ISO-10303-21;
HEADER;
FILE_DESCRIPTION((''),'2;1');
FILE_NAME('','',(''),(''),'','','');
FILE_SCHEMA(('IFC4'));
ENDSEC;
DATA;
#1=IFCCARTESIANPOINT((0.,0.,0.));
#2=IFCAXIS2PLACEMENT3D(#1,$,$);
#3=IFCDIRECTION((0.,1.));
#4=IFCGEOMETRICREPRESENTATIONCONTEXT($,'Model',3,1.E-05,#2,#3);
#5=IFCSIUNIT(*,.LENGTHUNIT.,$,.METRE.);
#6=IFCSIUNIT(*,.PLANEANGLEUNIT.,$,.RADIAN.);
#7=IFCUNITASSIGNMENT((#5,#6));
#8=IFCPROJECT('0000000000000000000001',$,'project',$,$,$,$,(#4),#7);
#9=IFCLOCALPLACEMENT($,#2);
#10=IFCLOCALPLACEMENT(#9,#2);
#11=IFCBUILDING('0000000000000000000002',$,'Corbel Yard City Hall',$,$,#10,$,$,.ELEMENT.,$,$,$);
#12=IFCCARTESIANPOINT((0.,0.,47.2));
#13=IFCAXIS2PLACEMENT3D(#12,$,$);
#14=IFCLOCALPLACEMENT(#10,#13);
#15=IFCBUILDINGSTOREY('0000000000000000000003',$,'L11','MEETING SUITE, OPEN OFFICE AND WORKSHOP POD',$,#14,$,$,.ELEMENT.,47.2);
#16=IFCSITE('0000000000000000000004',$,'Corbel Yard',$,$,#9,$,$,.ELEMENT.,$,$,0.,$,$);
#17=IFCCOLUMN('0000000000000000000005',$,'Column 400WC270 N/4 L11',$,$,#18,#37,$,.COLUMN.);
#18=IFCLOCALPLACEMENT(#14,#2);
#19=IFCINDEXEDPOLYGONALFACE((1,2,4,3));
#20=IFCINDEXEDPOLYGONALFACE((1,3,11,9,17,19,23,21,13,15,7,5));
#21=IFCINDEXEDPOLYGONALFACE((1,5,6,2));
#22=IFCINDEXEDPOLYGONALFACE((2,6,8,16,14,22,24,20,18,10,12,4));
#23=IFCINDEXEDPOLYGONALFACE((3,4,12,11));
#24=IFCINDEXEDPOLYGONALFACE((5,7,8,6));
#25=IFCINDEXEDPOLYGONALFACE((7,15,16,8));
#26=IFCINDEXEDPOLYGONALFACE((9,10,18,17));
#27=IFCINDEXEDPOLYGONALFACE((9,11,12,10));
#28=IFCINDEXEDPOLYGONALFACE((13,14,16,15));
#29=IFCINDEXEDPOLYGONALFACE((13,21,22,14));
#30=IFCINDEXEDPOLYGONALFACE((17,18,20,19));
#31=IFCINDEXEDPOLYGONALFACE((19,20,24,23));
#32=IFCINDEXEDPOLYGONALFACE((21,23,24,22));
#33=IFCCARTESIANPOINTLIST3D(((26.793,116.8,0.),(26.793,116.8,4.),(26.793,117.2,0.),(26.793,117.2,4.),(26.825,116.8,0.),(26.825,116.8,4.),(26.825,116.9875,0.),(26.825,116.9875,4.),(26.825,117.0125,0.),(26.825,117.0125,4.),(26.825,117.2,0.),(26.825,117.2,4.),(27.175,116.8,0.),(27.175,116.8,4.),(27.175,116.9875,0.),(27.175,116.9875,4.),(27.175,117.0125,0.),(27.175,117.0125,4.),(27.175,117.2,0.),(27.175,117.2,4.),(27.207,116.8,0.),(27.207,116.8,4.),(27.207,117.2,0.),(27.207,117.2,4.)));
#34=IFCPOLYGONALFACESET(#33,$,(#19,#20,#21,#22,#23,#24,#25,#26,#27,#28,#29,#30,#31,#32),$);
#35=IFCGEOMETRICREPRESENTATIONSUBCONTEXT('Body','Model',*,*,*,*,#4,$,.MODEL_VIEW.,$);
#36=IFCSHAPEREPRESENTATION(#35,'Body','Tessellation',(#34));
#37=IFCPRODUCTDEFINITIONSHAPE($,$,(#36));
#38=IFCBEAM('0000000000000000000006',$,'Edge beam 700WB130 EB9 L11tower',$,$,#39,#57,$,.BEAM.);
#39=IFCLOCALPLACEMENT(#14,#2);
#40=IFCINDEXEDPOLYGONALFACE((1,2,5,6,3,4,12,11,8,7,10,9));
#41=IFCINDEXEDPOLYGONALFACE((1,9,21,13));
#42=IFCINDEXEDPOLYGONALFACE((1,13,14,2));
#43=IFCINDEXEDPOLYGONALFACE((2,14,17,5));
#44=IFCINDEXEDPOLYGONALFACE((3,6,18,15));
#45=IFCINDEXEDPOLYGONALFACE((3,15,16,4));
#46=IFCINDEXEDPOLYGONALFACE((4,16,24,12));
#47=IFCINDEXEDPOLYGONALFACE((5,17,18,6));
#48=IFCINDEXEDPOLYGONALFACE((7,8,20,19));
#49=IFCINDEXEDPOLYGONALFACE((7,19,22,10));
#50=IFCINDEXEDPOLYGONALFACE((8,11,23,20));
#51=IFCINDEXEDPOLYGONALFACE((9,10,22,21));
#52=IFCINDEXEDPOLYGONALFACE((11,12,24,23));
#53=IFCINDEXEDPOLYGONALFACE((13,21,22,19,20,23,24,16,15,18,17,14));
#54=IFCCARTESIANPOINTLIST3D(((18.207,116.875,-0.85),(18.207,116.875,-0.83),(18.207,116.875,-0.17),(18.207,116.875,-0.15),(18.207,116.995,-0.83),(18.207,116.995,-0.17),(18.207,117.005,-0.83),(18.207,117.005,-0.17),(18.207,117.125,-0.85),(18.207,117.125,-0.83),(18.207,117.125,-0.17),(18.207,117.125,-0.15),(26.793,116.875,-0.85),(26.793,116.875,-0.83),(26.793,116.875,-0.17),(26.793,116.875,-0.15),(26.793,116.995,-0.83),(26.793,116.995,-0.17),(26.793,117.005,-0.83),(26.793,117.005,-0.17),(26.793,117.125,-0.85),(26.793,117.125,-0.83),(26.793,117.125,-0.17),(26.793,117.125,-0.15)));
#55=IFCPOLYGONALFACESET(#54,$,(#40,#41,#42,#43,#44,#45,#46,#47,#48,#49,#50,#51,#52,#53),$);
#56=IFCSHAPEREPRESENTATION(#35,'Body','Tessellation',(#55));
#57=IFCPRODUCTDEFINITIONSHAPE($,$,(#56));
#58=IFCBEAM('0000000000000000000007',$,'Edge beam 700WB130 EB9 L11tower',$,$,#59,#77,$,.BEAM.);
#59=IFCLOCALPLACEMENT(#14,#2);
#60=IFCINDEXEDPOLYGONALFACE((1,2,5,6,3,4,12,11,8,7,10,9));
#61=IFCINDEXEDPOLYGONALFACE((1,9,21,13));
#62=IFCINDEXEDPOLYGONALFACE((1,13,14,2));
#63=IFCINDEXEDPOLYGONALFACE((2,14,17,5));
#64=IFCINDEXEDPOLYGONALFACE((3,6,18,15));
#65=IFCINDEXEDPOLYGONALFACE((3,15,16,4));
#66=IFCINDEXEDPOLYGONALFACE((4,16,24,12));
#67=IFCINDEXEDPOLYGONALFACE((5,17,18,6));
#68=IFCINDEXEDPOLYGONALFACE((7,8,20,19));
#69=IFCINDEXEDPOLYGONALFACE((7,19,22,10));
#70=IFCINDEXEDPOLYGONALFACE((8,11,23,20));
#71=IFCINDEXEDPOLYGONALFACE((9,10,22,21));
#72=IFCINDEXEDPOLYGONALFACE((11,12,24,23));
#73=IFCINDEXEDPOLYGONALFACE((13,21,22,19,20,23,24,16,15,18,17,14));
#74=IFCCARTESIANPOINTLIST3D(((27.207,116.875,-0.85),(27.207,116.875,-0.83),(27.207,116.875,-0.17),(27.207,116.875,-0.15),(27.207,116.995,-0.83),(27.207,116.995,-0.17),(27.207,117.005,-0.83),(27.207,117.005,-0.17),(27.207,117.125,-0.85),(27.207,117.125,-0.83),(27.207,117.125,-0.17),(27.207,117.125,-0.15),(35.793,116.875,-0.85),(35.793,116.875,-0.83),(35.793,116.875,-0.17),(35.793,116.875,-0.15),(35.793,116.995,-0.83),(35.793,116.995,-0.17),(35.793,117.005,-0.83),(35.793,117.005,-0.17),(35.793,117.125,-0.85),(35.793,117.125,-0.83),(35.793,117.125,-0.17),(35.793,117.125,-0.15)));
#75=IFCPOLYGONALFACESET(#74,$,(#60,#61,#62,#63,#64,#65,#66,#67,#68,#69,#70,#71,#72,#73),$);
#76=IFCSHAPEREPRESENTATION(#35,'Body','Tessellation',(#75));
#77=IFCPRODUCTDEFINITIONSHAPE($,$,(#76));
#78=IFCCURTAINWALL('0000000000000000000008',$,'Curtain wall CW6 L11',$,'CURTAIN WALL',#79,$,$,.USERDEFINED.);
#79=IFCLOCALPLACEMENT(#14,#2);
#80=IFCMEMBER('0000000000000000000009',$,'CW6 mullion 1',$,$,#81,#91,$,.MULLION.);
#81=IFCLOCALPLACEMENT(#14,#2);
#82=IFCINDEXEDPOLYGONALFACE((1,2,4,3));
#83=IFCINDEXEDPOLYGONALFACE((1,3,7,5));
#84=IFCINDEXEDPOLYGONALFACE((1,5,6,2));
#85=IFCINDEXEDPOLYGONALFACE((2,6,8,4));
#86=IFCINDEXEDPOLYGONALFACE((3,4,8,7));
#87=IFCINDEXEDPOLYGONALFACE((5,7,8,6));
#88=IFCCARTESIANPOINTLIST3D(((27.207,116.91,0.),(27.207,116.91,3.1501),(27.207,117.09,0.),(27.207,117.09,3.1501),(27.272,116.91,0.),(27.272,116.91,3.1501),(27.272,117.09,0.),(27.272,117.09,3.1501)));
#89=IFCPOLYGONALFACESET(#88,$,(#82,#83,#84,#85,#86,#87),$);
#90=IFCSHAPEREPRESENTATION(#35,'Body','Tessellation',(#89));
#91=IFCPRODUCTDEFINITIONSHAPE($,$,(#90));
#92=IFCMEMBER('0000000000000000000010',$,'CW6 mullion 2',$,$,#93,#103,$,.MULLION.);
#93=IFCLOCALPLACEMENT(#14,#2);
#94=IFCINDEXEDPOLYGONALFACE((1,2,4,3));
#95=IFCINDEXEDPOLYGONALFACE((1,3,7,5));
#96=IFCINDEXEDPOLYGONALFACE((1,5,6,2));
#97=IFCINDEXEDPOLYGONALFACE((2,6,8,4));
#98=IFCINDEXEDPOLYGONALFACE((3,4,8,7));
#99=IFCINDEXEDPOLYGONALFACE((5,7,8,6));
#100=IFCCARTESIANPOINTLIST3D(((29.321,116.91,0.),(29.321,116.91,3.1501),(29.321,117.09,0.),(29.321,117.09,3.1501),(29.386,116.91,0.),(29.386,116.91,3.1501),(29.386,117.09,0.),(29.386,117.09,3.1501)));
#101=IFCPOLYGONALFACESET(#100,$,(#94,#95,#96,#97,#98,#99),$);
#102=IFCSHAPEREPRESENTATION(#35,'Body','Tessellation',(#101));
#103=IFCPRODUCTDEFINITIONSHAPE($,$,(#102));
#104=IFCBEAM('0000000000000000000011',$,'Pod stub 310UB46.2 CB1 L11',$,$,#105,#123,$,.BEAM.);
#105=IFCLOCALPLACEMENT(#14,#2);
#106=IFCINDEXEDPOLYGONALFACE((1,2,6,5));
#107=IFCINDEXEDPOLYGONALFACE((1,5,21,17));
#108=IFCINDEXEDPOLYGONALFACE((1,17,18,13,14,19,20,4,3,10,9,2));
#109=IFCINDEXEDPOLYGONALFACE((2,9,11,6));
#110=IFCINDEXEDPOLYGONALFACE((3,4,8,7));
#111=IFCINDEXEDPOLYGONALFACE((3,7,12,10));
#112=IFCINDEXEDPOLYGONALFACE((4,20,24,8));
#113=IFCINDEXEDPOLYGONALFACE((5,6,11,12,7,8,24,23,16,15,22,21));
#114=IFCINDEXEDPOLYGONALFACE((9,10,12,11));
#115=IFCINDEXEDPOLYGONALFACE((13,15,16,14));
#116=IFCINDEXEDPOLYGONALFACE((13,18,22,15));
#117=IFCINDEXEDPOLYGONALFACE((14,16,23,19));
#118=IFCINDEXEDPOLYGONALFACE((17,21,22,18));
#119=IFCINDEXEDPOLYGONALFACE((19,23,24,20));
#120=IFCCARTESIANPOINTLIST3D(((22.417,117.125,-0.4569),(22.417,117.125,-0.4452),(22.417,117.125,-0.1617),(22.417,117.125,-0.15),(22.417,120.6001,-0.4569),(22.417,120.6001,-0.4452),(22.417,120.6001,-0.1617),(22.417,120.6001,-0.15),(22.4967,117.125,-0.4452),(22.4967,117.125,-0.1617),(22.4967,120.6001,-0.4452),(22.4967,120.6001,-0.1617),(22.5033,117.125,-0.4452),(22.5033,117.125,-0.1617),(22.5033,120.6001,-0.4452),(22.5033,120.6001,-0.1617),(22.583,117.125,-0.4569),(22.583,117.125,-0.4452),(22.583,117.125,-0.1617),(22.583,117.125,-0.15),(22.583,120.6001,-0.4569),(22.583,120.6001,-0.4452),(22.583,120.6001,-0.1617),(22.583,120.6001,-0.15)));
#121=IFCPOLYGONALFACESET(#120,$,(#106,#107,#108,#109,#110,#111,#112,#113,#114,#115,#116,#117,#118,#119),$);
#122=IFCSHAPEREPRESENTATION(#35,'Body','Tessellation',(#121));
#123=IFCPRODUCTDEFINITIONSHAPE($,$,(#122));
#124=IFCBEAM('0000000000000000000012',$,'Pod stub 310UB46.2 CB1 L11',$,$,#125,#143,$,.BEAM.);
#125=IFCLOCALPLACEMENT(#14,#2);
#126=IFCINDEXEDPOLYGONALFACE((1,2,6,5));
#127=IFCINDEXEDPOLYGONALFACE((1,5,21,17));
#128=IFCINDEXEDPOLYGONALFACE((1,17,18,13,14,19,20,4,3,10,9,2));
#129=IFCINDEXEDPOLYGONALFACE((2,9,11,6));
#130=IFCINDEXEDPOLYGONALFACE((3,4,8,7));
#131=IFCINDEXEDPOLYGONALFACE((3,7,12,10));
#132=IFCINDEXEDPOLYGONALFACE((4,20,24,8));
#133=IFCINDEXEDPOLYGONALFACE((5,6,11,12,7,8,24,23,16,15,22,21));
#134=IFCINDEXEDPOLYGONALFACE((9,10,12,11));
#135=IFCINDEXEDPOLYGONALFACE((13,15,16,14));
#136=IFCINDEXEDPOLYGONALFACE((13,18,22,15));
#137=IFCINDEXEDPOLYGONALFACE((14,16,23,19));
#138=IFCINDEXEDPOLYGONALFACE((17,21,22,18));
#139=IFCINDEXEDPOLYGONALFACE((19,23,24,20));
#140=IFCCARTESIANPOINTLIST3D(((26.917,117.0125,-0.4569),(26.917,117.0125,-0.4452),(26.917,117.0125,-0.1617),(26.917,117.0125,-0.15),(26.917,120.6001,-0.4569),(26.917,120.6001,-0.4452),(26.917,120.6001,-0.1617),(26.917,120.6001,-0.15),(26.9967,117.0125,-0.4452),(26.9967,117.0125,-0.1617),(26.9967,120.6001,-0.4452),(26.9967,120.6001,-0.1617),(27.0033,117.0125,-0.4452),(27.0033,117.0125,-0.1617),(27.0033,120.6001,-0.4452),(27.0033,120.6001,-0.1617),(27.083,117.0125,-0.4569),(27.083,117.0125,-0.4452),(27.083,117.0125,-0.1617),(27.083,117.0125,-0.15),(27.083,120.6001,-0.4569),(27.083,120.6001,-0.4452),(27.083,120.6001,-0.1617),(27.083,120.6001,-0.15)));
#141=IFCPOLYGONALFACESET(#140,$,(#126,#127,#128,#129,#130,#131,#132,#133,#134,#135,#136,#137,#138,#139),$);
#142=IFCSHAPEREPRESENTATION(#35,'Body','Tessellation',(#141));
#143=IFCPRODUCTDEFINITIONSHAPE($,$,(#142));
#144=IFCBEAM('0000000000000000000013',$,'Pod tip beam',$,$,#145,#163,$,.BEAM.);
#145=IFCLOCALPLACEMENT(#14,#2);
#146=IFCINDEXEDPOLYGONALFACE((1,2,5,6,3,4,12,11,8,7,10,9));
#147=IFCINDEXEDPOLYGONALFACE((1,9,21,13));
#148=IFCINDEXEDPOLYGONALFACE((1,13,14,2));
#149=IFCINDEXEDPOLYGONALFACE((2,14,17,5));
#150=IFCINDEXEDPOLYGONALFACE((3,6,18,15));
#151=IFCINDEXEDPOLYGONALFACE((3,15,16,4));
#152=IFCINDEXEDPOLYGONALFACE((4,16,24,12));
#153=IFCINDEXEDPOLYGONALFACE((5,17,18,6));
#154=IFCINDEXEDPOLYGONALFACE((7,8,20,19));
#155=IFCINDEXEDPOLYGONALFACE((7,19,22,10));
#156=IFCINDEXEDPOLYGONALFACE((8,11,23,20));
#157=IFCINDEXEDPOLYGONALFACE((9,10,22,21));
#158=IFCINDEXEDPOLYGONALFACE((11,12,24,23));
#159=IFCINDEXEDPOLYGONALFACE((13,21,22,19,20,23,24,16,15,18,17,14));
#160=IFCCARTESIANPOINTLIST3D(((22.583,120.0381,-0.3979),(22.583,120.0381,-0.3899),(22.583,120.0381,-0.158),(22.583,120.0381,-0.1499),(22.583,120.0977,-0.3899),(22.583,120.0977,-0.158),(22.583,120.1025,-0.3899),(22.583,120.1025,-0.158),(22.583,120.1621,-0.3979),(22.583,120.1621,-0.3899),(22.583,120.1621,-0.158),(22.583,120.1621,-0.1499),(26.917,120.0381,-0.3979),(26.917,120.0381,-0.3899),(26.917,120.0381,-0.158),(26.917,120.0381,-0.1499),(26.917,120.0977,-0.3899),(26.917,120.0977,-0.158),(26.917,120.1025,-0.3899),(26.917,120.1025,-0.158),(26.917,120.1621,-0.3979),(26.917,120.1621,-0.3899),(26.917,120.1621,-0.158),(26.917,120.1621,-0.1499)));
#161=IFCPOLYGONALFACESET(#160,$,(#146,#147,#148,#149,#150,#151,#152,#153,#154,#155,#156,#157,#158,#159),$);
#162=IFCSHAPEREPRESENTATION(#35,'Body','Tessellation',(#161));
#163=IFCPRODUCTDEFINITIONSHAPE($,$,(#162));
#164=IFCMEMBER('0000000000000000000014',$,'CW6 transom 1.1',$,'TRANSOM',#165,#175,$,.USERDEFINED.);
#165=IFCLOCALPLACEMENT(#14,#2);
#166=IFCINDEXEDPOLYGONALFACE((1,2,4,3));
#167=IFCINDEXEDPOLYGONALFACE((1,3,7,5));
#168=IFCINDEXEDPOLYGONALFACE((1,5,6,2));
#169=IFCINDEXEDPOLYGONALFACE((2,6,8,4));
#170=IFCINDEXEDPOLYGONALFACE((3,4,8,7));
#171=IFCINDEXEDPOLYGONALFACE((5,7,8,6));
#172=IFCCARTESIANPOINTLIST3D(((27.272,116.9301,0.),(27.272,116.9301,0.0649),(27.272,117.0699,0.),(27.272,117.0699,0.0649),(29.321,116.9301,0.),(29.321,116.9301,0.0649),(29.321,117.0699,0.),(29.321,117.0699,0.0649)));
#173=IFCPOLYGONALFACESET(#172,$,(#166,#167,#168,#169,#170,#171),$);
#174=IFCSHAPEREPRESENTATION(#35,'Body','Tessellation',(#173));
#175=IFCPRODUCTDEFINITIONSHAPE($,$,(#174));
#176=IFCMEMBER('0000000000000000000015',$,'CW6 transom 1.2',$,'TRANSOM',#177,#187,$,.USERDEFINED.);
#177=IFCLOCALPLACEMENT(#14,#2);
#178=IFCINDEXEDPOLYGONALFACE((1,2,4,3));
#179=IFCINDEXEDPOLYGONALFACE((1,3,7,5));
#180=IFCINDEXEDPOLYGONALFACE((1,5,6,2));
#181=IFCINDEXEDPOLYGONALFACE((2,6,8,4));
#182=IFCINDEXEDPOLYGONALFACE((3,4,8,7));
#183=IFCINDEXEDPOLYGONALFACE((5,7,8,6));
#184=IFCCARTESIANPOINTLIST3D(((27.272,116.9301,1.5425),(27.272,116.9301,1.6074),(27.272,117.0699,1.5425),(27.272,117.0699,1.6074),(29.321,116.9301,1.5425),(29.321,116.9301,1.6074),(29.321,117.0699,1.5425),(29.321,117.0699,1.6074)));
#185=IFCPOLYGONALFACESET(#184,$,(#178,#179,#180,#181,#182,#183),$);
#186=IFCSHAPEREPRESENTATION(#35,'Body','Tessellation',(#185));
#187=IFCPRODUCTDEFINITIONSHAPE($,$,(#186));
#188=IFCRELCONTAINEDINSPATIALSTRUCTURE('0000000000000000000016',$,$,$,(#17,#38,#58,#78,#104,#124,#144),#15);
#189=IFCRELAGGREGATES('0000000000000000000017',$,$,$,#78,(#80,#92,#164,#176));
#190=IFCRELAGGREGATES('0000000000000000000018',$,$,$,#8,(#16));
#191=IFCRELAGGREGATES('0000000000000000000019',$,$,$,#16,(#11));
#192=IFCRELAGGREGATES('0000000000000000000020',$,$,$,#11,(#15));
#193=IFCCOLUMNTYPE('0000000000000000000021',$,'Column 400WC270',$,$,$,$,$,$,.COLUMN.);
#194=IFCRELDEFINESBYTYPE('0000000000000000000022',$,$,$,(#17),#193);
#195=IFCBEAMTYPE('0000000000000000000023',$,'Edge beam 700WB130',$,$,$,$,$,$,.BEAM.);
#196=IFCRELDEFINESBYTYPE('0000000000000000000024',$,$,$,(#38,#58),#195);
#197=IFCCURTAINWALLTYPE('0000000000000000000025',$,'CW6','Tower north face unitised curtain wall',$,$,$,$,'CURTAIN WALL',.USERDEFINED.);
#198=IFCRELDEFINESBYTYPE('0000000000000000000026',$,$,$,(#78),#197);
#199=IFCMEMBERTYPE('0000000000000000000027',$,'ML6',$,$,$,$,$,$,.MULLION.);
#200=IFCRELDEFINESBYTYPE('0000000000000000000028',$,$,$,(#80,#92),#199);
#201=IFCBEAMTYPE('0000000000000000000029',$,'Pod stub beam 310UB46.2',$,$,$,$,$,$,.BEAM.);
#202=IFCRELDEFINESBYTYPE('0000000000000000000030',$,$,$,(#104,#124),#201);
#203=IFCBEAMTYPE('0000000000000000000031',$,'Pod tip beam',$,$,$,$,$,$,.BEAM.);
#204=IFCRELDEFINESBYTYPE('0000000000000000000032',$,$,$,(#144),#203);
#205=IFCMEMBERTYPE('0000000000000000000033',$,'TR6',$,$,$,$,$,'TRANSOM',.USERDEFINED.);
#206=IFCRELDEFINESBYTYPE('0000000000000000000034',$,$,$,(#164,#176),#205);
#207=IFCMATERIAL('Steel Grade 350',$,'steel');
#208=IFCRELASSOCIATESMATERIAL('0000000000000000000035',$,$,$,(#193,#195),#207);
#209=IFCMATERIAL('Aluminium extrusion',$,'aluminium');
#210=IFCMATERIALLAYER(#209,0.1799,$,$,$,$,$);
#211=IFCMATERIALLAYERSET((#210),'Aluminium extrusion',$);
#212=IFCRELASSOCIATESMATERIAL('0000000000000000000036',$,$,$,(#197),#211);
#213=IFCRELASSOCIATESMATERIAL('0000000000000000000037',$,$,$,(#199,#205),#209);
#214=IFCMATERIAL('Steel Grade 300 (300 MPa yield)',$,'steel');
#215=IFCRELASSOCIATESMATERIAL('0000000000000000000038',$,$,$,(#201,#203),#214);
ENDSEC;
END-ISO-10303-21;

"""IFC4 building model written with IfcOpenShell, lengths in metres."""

from ifc_helpers import new_model, si_unit, direction, frame, origin, origin_2d, place, context, subcontext, project, spatial, rectangle, i_section, extrude, material, layer, layer_set, material_profile, profile_set, type_object, element, aggregate, save


model = new_model("IFC4")

# Units and contexts
model_context = context("Model", 3, precision=1e-05, world=origin(), true_north=direction((0.0, 1.0)))
body_context = subcontext(model_context, "Body", "Model", "MODEL_VIEW")
ifc_project = project(units=[si_unit("LENGTHUNIT", "METRE"), si_unit("PLANEANGLEUNIT", "RADIAN")], contexts=[model_context])

# Site, building, storey
site_placement = place(None, origin())
site = spatial("IfcSite", under=ifc_project, at=site_placement, Name="Corbel Yard", CompositionType="ELEMENT", RefElevation=0.0)
building_placement = place(site_placement, origin())
building = spatial("IfcBuilding", under=site, at=building_placement, Name="Corbel Yard City Hall", CompositionType="ELEMENT")
storey_placement = place(building_placement, frame((0.0, 0.0, 47.2)))
storey = spatial("IfcBuildingStorey", under=building, at=storey_placement, Name="L11", Description="MEETING SUITE, OPEN OFFICE AND WORKSHOP POD", CompositionType="ELEMENT", Elevation=47.2)

# Column
ifc_material_1 = material(Name="Steel Grade 350", Category="steel")
ifc_material_profile_1 = material_profile(ifc_material_1, i_section(OverallWidth=0.3999, OverallDepth=0.4141, WebThickness=0.0249, FlangeThickness=0.032, at=origin_2d()), Name="400WC270")
ifc_profile_set_1 = profile_set([ifc_material_profile_1], Name="Steel Grade 350")
column_type = type_object("IfcColumnType", Name="Column 400WC270", PredefinedType="COLUMN", material=ifc_profile_set_1)
column_placement = place(storey_placement, frame((27.0, 117.0, 0.0), z_axis=(0.0, 0.0, 1.0), x_axis=(0.0, 1.0, 0.0)))
element("IfcColumn", 1, at=column_placement, inside=storey, type_object=column_type, Name="Column 400WC270 N/4 L11", PredefinedType="COLUMN", context=body_context, shape_type="SweptSolid", body=[
    extrude(i_section(OverallWidth=0.3999, OverallDepth=0.4141, WebThickness=0.0249, FlangeThickness=0.032, at=origin_2d()), origin(), (0.0, 0.0, 1.0), 4.0),
])

# Beams
ifc_material_profile_2 = material_profile(ifc_material_1, i_section(OverallWidth=0.25, OverallDepth=0.7, WebThickness=0.01, FlangeThickness=0.02, at=origin_2d()), Name="700WB130")
ifc_profile_set_2 = profile_set([ifc_material_profile_2], Name="Steel Grade 350")
beam_type_1 = type_object("IfcBeamType", Name="Edge beam 700WB130", PredefinedType="BEAM", material=ifc_profile_set_2)
for number, where, z_axis, x_axis, name in (
    (2, (18.207, 117.0, -0.5), (1.0, 0.0, 0.0), (0.0, 1.0, 0.0), "Edge beam 700WB130 EB9 L11tower"),
    (3, (27.207, 117.0, -0.5), (1.0, 0.0, 0.0), (0.0, 1.0, 0.0), "Edge beam 700WB130 EB9 L11tower"),
):
    element("IfcBeam", number, at=place(storey_placement, frame(where, z_axis=z_axis, x_axis=x_axis)), inside=storey, type_object=beam_type_1, Name=name, PredefinedType="BEAM", context=body_context, shape_type="SweptSolid", body=[
        extrude(i_section(OverallWidth=0.25, OverallDepth=0.7, WebThickness=0.01, FlangeThickness=0.02, at=origin_2d()), origin(), (0.0, 0.0, 1.0), 8.5859),
    ])

# Curtain wall, members
ifc_material_2 = material(Name="Aluminium extrusion", Category="aluminium")
ifc_layer_1 = layer(ifc_material_2, 0.1799)
ifc_layer_set_1 = layer_set([ifc_layer_1], Name="Aluminium extrusion")
curtain_wall_type = type_object("IfcCurtainWallType", Name="CW6", Description="Tower north face unitised curtain wall", ElementType="CURTAIN WALL", PredefinedType="USERDEFINED", material=ifc_layer_set_1)
curtain_wall_placement = place(storey_placement, origin())
curtain_wall = element("IfcCurtainWall", 4, at=curtain_wall_placement, inside=storey, type_object=curtain_wall_type, Name="Curtain wall CW6 L11", ObjectType="CURTAIN WALL", PredefinedType="USERDEFINED")
ifc_material_profile_3 = material_profile(ifc_material_2, rectangle(XDim=0.1799, YDim=0.0649, at=origin_2d()), Name="180x65")
ifc_profile_set_3 = profile_set([ifc_material_profile_3], Name="Aluminium extrusion")
member_type_1 = type_object("IfcMemberType", Name="ML6", PredefinedType="MULLION", material=ifc_profile_set_3)
member_1_placement = place(storey_placement, frame((27.2395, 117.0, 0.0), z_axis=(0.0, 0.0, 1.0), x_axis=(0.0, 1.0, 0.0)))
member_1 = element("IfcMember", 5, at=member_1_placement, type_object=member_type_1, Name="CW6 mullion 1", PredefinedType="MULLION", context=body_context, shape_type="SweptSolid", body=[
    extrude(rectangle(XDim=0.1799, YDim=0.0649, at=origin_2d()), origin(), (0.0, 0.0, 1.0), 3.1501),
])
member_2_placement = place(storey_placement, frame((29.3535, 117.0, 0.0), z_axis=(0.0, 0.0, 1.0), x_axis=(0.0, 1.0, 0.0)))
member_2 = element("IfcMember", 6, at=member_2_placement, type_object=member_type_1, Name="CW6 mullion 2", PredefinedType="MULLION", context=body_context, shape_type="SweptSolid", body=[
    extrude(rectangle(XDim=0.1799, YDim=0.0649, at=origin_2d()), origin(), (0.0, 0.0, 1.0), 3.1501),
])

# Beams
ifc_material_3 = material(Name="Steel Grade 300 (300 MPa yield)", Category="steel")
ifc_material_profile_4 = material_profile(ifc_material_3, i_section(OverallWidth=0.166, OverallDepth=0.3069, WebThickness=0.0066, FlangeThickness=0.0117, at=origin_2d()), Name="310UB46.2")
ifc_profile_set_4 = profile_set([ifc_material_profile_4], Name="Steel Grade 300 (300 MPa yield)")
beam_type_2 = type_object("IfcBeamType", Name="Pod stub beam 310UB46.2", PredefinedType="BEAM", material=ifc_profile_set_4)
beam_1_placement = place(storey_placement, frame((22.5, 117.125, -0.3035), z_axis=(0.0, 1.0, 0.0), x_axis=(-1.0, 0.0, 0.0)))
element("IfcBeam", 7, at=beam_1_placement, inside=storey, type_object=beam_type_2, Name="Pod stub 310UB46.2 CB1 L11", PredefinedType="BEAM", context=body_context, shape_type="SweptSolid", body=[
    extrude(i_section(OverallWidth=0.166, OverallDepth=0.3069, WebThickness=0.0066, FlangeThickness=0.0117, at=origin_2d()), origin(), (0.0, 0.0, 1.0), 3.4751),
])
beam_2_placement = place(storey_placement, frame((27.0, 117.0125, -0.3035), z_axis=(0.0, 1.0, 0.0), x_axis=(-1.0, 0.0, 0.0)))
element("IfcBeam", 8, at=beam_2_placement, inside=storey, type_object=beam_type_2, Name="Pod stub 310UB46.2 CB1 L11", PredefinedType="BEAM", context=body_context, shape_type="SweptSolid", body=[
    extrude(i_section(OverallWidth=0.166, OverallDepth=0.3069, WebThickness=0.0066, FlangeThickness=0.0117, at=origin_2d()), origin(), (0.0, 0.0, 1.0), 3.5876),
])
ifc_material_profile_5 = material_profile(ifc_material_3, i_section(OverallWidth=0.124, OverallDepth=0.248, WebThickness=0.0049, FlangeThickness=0.0081, at=origin_2d()), Name="250UB25.7")
ifc_profile_set_5 = profile_set([ifc_material_profile_5], Name="Steel Grade 300 (300 MPa yield)")
beam_type_3 = type_object("IfcBeamType", Name="Pod tip beam", PredefinedType="BEAM", material=ifc_profile_set_5)
beam_3_placement = place(storey_placement, frame((22.583, 120.1001, -0.2739), z_axis=(1.0, 0.0, 0.0), x_axis=(0.0, 1.0, 0.0)))
element("IfcBeam", 9, at=beam_3_placement, inside=storey, type_object=beam_type_3, Name="Pod tip beam", PredefinedType="BEAM", context=body_context, shape_type="SweptSolid", body=[
    extrude(i_section(OverallWidth=0.124, OverallDepth=0.248, WebThickness=0.0049, FlangeThickness=0.0081, at=origin_2d()), origin(), (0.0, 0.0, 1.0), 4.334),
])

# Members
ifc_material_profile_6 = material_profile(ifc_material_2, rectangle(XDim=0.1399, YDim=0.0649, at=origin_2d()), Name="140x65")
ifc_profile_set_6 = profile_set([ifc_material_profile_6], Name="Aluminium extrusion")
member_type_2 = type_object("IfcMemberType", Name="TR6", ElementType="TRANSOM", PredefinedType="USERDEFINED", material=ifc_profile_set_6)
member_3_placement = place(storey_placement, frame((27.272, 117.0, 0.0325), z_axis=(1.0, 0.0, 0.0), x_axis=(0.0, 1.0, 0.0)))
member_3 = element("IfcMember", 10, at=member_3_placement, type_object=member_type_2, Name="CW6 transom 1.1", ObjectType="TRANSOM", PredefinedType="USERDEFINED", context=body_context, shape_type="SweptSolid", body=[
    extrude(rectangle(XDim=0.1399, YDim=0.0649, at=origin_2d()), origin(), (0.0, 0.0, 1.0), 2.0491),
])
member_4_placement = place(storey_placement, frame((27.272, 117.0, 1.575), z_axis=(1.0, 0.0, 0.0), x_axis=(0.0, 1.0, 0.0)))
member_4 = element("IfcMember", 11, at=member_4_placement, type_object=member_type_2, Name="CW6 transom 1.2", ObjectType="TRANSOM", PredefinedType="USERDEFINED", context=body_context, shape_type="SweptSolid", body=[
    extrude(rectangle(XDim=0.1399, YDim=0.0649, at=origin_2d()), origin(), (0.0, 0.0, 1.0), 2.0491),
])

aggregate(curtain_wall, [member_1, member_2, member_3, member_4])

save(model, "model.ifc")
